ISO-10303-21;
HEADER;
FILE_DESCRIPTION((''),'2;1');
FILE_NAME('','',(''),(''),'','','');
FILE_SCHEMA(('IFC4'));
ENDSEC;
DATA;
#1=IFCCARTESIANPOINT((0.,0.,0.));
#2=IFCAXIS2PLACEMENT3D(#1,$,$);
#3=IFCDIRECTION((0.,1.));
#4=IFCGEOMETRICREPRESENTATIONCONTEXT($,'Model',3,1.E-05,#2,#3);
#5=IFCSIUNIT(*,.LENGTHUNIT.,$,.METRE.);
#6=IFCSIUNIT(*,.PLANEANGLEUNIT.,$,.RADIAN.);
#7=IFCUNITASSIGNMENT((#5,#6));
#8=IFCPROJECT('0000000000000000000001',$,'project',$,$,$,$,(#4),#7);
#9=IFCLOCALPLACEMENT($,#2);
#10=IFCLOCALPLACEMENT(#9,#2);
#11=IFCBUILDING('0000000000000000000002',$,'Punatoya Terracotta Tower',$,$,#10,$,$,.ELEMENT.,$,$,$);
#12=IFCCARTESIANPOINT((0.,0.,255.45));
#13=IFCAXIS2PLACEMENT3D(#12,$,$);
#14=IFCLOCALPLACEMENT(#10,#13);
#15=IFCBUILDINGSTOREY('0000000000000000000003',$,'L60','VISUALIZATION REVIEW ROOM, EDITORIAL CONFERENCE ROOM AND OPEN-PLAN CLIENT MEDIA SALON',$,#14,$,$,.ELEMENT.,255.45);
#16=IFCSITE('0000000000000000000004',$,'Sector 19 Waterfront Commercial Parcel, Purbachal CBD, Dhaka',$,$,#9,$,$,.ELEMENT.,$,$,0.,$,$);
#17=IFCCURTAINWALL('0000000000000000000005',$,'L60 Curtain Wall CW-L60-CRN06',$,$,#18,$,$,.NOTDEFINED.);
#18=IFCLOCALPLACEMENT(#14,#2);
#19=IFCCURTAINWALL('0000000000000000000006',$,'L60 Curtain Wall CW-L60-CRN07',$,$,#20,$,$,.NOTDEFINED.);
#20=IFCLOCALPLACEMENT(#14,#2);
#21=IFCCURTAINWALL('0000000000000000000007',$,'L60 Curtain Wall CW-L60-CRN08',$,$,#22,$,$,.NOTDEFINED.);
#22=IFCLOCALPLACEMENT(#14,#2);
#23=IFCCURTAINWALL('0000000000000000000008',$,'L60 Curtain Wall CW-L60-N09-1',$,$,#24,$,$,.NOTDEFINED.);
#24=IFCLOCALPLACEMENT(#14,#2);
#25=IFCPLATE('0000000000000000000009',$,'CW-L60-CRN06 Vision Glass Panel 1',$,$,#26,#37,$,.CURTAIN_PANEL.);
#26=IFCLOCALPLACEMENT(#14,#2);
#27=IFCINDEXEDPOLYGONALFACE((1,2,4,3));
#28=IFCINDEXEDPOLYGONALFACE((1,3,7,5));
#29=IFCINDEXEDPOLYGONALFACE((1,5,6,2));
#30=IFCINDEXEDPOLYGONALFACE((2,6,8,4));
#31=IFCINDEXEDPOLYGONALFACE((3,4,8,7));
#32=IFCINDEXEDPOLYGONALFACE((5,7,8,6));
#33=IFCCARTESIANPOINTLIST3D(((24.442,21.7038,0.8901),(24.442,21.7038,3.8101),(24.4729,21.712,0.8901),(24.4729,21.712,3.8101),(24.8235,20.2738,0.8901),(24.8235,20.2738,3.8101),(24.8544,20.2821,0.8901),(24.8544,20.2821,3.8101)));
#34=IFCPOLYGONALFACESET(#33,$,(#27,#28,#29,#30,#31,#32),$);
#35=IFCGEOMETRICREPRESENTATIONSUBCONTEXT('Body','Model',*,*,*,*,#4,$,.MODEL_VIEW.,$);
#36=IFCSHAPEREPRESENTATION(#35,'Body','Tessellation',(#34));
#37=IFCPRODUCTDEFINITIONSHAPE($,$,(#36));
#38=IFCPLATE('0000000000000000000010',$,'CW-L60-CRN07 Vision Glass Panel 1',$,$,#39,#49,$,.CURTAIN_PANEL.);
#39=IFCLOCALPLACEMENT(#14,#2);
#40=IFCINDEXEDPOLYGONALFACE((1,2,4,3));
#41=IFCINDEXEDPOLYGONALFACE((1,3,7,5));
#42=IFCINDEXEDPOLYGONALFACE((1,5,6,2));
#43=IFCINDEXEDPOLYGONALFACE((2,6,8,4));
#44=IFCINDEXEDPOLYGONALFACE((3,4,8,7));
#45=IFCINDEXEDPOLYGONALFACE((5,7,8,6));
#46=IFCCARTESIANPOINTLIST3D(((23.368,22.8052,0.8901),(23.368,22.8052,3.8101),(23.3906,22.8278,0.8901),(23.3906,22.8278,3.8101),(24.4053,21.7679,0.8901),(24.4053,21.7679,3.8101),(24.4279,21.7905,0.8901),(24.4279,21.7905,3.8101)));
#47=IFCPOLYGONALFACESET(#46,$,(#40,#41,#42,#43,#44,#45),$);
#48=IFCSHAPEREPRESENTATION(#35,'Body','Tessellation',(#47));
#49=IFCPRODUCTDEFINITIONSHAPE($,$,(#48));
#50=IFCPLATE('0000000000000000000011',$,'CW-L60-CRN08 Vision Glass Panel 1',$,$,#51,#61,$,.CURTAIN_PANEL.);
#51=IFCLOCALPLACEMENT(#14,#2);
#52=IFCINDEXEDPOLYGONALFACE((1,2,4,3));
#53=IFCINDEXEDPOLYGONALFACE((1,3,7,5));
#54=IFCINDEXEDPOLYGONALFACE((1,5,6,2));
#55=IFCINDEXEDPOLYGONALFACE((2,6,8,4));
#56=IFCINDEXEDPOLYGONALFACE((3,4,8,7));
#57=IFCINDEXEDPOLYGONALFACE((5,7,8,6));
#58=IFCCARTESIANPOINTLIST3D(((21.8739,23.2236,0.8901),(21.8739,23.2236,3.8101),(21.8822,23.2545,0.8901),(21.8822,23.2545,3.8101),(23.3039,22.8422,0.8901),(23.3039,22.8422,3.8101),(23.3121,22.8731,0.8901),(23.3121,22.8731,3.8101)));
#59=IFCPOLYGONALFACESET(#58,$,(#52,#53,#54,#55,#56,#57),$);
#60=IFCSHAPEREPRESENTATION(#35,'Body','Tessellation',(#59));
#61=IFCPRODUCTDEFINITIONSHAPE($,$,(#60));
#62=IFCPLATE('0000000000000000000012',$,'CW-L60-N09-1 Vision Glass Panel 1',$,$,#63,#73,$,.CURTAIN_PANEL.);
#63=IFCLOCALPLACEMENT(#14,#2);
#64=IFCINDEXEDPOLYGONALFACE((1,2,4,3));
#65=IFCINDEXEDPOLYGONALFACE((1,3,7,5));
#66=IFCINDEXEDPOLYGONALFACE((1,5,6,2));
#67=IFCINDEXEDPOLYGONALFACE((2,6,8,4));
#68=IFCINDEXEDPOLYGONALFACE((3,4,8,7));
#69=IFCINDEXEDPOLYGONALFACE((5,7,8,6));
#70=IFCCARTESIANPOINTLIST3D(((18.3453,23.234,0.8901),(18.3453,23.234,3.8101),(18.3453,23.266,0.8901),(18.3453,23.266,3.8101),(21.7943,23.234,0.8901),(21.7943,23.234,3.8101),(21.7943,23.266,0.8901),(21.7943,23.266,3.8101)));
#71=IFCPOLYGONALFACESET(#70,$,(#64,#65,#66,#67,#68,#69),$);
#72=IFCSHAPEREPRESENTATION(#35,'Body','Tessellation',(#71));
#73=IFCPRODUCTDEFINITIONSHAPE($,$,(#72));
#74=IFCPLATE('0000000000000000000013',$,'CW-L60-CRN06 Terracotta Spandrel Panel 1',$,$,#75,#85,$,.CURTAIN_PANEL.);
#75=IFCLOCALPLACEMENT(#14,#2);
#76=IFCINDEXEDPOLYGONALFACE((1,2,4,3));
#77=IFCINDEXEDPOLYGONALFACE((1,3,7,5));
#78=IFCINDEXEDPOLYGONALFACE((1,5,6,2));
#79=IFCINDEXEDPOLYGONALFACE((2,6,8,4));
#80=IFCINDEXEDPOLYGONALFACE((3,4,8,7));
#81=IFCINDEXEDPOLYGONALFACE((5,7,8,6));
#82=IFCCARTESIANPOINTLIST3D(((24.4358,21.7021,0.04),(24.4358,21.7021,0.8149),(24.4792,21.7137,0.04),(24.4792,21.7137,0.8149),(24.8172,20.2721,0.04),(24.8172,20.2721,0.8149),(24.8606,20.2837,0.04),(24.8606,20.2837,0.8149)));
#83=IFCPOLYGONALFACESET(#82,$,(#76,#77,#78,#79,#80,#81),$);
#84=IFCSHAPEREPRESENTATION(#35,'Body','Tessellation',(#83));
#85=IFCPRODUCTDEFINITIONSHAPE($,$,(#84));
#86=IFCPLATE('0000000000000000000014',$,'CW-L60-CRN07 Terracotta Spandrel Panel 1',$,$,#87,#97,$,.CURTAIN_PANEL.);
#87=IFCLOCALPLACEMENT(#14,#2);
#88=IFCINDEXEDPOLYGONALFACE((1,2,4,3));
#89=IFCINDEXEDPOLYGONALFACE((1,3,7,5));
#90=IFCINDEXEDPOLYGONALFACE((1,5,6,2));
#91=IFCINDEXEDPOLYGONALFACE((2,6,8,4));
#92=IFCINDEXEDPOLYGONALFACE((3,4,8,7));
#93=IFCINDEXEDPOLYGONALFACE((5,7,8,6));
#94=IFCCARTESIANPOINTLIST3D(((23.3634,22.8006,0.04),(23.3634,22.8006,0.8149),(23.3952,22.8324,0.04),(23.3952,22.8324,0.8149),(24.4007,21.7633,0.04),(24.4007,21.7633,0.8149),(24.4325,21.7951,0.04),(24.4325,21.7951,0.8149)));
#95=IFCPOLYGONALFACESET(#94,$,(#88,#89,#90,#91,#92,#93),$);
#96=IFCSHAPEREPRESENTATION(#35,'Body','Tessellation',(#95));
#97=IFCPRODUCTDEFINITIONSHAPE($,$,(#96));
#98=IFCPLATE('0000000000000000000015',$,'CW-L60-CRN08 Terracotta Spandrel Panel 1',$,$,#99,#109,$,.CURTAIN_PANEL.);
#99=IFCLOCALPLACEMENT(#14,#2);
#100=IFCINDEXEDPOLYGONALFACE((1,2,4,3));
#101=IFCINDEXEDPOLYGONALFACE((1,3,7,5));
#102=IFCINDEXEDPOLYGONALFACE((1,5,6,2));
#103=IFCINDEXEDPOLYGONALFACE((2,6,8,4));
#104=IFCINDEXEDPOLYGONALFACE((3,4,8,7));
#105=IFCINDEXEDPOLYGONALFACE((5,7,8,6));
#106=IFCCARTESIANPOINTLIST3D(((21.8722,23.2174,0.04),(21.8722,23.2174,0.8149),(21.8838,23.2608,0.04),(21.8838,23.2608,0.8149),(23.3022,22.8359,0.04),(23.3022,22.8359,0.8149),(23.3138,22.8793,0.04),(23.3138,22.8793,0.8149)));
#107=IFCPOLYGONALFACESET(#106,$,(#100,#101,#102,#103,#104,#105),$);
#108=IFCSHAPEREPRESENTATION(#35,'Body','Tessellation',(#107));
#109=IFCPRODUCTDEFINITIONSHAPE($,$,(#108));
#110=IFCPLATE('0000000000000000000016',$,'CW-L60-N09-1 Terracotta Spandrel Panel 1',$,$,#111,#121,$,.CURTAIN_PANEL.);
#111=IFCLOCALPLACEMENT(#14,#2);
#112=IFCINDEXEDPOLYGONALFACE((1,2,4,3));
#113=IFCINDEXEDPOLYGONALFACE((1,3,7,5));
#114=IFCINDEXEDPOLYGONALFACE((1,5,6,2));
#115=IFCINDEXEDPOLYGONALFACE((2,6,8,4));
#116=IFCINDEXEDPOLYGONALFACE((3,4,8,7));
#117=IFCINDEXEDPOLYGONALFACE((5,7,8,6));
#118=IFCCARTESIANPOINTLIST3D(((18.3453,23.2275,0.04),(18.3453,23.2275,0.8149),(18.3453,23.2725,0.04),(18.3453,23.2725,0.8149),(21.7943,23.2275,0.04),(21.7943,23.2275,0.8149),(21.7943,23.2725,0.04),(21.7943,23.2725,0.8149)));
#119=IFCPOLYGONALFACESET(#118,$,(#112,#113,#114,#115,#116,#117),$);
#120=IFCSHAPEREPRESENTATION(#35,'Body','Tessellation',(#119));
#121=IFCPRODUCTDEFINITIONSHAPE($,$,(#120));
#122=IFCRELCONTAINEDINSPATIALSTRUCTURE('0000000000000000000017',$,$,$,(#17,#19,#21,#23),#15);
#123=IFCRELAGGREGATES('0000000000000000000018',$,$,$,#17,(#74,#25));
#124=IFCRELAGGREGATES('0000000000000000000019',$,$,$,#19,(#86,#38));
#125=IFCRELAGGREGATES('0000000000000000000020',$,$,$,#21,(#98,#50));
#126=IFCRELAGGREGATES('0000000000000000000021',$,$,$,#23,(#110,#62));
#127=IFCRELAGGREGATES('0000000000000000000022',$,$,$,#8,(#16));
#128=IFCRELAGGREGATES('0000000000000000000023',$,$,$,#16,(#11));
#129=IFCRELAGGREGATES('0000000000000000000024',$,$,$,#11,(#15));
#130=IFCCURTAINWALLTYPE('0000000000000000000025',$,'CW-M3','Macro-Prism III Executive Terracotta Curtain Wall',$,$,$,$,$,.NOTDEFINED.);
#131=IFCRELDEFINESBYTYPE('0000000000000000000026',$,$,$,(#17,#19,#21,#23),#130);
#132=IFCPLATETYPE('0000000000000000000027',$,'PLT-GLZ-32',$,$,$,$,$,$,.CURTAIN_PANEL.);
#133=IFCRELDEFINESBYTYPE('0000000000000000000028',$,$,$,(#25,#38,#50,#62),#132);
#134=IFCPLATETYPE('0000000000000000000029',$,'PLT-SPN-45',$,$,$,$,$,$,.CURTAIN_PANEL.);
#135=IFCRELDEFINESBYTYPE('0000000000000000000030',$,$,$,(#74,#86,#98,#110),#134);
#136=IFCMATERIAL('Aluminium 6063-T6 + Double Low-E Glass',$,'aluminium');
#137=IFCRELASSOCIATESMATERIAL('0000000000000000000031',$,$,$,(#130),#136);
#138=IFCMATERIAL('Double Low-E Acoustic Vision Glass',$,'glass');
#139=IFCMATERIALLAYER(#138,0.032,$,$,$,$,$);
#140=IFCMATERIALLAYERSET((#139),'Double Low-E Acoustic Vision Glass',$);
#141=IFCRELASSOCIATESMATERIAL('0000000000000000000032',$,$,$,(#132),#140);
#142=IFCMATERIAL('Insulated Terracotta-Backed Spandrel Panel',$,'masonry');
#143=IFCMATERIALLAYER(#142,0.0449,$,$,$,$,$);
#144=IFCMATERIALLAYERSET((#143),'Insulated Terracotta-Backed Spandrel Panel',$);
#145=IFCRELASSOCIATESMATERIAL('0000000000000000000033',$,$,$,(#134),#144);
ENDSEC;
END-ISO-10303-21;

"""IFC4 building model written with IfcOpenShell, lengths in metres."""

from ifc_helpers import new_model, si_unit, direction, frame, origin, origin_2d, place, context, subcontext, project, spatial, rectangle, extrude, material, layer, layer_set, type_object, element, aggregate, save


model = new_model("IFC4")

# Units and contexts
model_context = context("Model", 3, precision=1e-05, world=origin(), true_north=direction((0.0, 1.0)))
body_context = subcontext(model_context, "Body", "Model", "MODEL_VIEW")
ifc_project = project(units=[si_unit("LENGTHUNIT", "METRE"), si_unit("PLANEANGLEUNIT", "RADIAN")], contexts=[model_context])

# Site, building, storey
site_placement = place(None, origin())
site = spatial("IfcSite", under=ifc_project, at=site_placement, Name="Sector 19 Waterfront Commercial Parcel, Purbachal CBD, Dhaka", CompositionType="ELEMENT", RefElevation=0.0)
building_placement = place(site_placement, origin())
building = spatial("IfcBuilding", under=site, at=building_placement, Name="Punatoya Terracotta Tower", CompositionType="ELEMENT")
storey_placement = place(building_placement, frame((0.0, 0.0, 255.45)))
storey = spatial("IfcBuildingStorey", under=building, at=storey_placement, Name="L60", Description="VISUALIZATION REVIEW ROOM, EDITORIAL CONFERENCE ROOM AND OPEN-PLAN CLIENT MEDIA SALON", CompositionType="ELEMENT", Elevation=255.45)

# Curtain walls
ifc_material_1 = material(Name="Aluminium 6063-T6 + Double Low-E Glass", Category="aluminium")
curtain_wall_type = type_object("IfcCurtainWallType", Name="CW-M3", Description="Macro-Prism III Executive Terracotta Curtain Wall", PredefinedType="NOTDEFINED", material=ifc_material_1)
curtain_wall_1_placement = place(storey_placement, origin())
curtain_wall_1 = element("IfcCurtainWall", 1, at=curtain_wall_1_placement, inside=storey, type_object=curtain_wall_type, Name="L60 Curtain Wall CW-L60-CRN06", PredefinedType="NOTDEFINED")
curtain_wall_2_placement = place(storey_placement, origin())
curtain_wall_2 = element("IfcCurtainWall", 2, at=curtain_wall_2_placement, inside=storey, type_object=curtain_wall_type, Name="L60 Curtain Wall CW-L60-CRN07", PredefinedType="NOTDEFINED")
curtain_wall_3_placement = place(storey_placement, origin())
curtain_wall_3 = element("IfcCurtainWall", 3, at=curtain_wall_3_placement, inside=storey, type_object=curtain_wall_type, Name="L60 Curtain Wall CW-L60-CRN08", PredefinedType="NOTDEFINED")

# Curtain wall
curtain_wall_4_placement = place(storey_placement, origin())
curtain_wall_4 = element("IfcCurtainWall", 4, at=curtain_wall_4_placement, inside=storey, type_object=curtain_wall_type, Name="L60 Curtain Wall CW-L60-N09-1", PredefinedType="NOTDEFINED")

# Plates
ifc_material_2 = material(Name="Double Low-E Acoustic Vision Glass", Category="glass")
ifc_layer_1 = layer(ifc_material_2, 0.032)
ifc_layer_set_1 = layer_set([ifc_layer_1], Name="Double Low-E Acoustic Vision Glass")
plate_type_1 = type_object("IfcPlateType", Name="PLT-GLZ-32", PredefinedType="CURTAIN_PANEL", material=ifc_layer_set_1)
plate_1_placement = place(storey_placement, frame((24.6482, 20.9929, 0.8901), z_axis=(0.0, 0.0, 1.0), x_axis=(-0.257742, 0.966214, 0.0)))
plate_1 = element("IfcPlate", 5, at=plate_1_placement, type_object=plate_type_1, Name="CW-L60-CRN06 Vision Glass Panel 1", PredefinedType="CURTAIN_PANEL", context=body_context, shape_type="SweptSolid", body=[
    extrude(rectangle(XDim=1.48, YDim=0.032, at=origin_2d()), origin(), (0.0, 0.0, 1.0), 2.9199),
])
plate_2_placement = place(storey_placement, frame((23.8979, 22.2979, 0.8901), z_axis=(0.0, 0.0, 1.0), x_axis=(-0.707107, 0.707107, 0.0)))
plate_2 = element("IfcPlate", 6, at=plate_2_placement, type_object=plate_type_1, Name="CW-L60-CRN07 Vision Glass Panel 1", PredefinedType="CURTAIN_PANEL", context=body_context, shape_type="SweptSolid", body=[
    extrude(rectangle(XDim=1.467, YDim=0.032, at=origin_2d()), origin(), (0.0, 0.0, 1.0), 2.9199),
])
plate_3_placement = place(storey_placement, frame((22.593, 23.0483, 0.8901), z_axis=(0.0, 0.0, 1.0), x_axis=(-0.966214, 0.257742, 0.0)))
plate_3 = element("IfcPlate", 7, at=plate_3_placement, type_object=plate_type_1, Name="CW-L60-CRN08 Vision Glass Panel 1", PredefinedType="CURTAIN_PANEL", context=body_context, shape_type="SweptSolid", body=[
    extrude(rectangle(XDim=1.48, YDim=0.032, at=origin_2d()), origin(), (0.0, 0.0, 1.0), 2.9199),
])
plate_4_placement = place(storey_placement, frame((20.0698, 23.25, 0.8901), z_axis=(0.0, 0.0, 1.0), x_axis=(-1.0, 0.0, 0.0)))
plate_4 = element("IfcPlate", 8, at=plate_4_placement, type_object=plate_type_1, Name="CW-L60-N09-1 Vision Glass Panel 1", PredefinedType="CURTAIN_PANEL", context=body_context, shape_type="SweptSolid", body=[
    extrude(rectangle(XDim=3.449, YDim=0.032, at=origin_2d()), origin(), (0.0, 0.0, 1.0), 2.9199),
])
ifc_material_3 = material(Name="Insulated Terracotta-Backed Spandrel Panel", Category="masonry")
ifc_layer_2 = layer(ifc_material_3, 0.0449)
ifc_layer_set_2 = layer_set([ifc_layer_2], Name="Insulated Terracotta-Backed Spandrel Panel")
plate_type_2 = type_object("IfcPlateType", Name="PLT-SPN-45", PredefinedType="CURTAIN_PANEL", material=ifc_layer_set_2)
plate_5_placement = place(storey_placement, frame((24.6482, 20.9929, 0.04), z_axis=(0.0, 0.0, 1.0), x_axis=(-0.257742, 0.966214, 0.0)))
plate_5 = element("IfcPlate", 9, at=plate_5_placement, type_object=plate_type_2, Name="CW-L60-CRN06 Terracotta Spandrel Panel 1", PredefinedType="CURTAIN_PANEL", context=body_context, shape_type="SweptSolid", body=[
    extrude(rectangle(XDim=1.48, YDim=0.0449, at=origin_2d()), origin(), (0.0, 0.0, 1.0), 0.7749),
])
aggregate(curtain_wall_1, [plate_5, plate_1])
plate_6_placement = place(storey_placement, frame((23.8979, 22.2979, 0.04), z_axis=(0.0, 0.0, 1.0), x_axis=(-0.707107, 0.707107, 0.0)))
plate_6 = element("IfcPlate", 10, at=plate_6_placement, type_object=plate_type_2, Name="CW-L60-CRN07 Terracotta Spandrel Panel 1", PredefinedType="CURTAIN_PANEL", context=body_context, shape_type="SweptSolid", body=[
    extrude(rectangle(XDim=1.467, YDim=0.0449, at=origin_2d()), origin(), (0.0, 0.0, 1.0), 0.7749),
])
aggregate(curtain_wall_2, [plate_6, plate_2])
plate_7_placement = place(storey_placement, frame((22.593, 23.0483, 0.04), z_axis=(0.0, 0.0, 1.0), x_axis=(-0.966214, 0.257742, 0.0)))
plate_7 = element("IfcPlate", 11, at=plate_7_placement, type_object=plate_type_2, Name="CW-L60-CRN08 Terracotta Spandrel Panel 1", PredefinedType="CURTAIN_PANEL", context=body_context, shape_type="SweptSolid", body=[
    extrude(rectangle(XDim=1.48, YDim=0.0449, at=origin_2d()), origin(), (0.0, 0.0, 1.0), 0.7749),
])
aggregate(curtain_wall_3, [plate_7, plate_3])
plate_8_placement = place(storey_placement, frame((20.0698, 23.25, 0.04), z_axis=(0.0, 0.0, 1.0), x_axis=(-1.0, 0.0, 0.0)))
plate_8 = element("IfcPlate", 12, at=plate_8_placement, type_object=plate_type_2, Name="CW-L60-N09-1 Terracotta Spandrel Panel 1", PredefinedType="CURTAIN_PANEL", context=body_context, shape_type="SweptSolid", body=[
    extrude(rectangle(XDim=3.449, YDim=0.0449, at=origin_2d()), origin(), (0.0, 0.0, 1.0), 0.7749),
])
aggregate(curtain_wall_4, [plate_8, plate_4])

save(model, "model.ifc")
